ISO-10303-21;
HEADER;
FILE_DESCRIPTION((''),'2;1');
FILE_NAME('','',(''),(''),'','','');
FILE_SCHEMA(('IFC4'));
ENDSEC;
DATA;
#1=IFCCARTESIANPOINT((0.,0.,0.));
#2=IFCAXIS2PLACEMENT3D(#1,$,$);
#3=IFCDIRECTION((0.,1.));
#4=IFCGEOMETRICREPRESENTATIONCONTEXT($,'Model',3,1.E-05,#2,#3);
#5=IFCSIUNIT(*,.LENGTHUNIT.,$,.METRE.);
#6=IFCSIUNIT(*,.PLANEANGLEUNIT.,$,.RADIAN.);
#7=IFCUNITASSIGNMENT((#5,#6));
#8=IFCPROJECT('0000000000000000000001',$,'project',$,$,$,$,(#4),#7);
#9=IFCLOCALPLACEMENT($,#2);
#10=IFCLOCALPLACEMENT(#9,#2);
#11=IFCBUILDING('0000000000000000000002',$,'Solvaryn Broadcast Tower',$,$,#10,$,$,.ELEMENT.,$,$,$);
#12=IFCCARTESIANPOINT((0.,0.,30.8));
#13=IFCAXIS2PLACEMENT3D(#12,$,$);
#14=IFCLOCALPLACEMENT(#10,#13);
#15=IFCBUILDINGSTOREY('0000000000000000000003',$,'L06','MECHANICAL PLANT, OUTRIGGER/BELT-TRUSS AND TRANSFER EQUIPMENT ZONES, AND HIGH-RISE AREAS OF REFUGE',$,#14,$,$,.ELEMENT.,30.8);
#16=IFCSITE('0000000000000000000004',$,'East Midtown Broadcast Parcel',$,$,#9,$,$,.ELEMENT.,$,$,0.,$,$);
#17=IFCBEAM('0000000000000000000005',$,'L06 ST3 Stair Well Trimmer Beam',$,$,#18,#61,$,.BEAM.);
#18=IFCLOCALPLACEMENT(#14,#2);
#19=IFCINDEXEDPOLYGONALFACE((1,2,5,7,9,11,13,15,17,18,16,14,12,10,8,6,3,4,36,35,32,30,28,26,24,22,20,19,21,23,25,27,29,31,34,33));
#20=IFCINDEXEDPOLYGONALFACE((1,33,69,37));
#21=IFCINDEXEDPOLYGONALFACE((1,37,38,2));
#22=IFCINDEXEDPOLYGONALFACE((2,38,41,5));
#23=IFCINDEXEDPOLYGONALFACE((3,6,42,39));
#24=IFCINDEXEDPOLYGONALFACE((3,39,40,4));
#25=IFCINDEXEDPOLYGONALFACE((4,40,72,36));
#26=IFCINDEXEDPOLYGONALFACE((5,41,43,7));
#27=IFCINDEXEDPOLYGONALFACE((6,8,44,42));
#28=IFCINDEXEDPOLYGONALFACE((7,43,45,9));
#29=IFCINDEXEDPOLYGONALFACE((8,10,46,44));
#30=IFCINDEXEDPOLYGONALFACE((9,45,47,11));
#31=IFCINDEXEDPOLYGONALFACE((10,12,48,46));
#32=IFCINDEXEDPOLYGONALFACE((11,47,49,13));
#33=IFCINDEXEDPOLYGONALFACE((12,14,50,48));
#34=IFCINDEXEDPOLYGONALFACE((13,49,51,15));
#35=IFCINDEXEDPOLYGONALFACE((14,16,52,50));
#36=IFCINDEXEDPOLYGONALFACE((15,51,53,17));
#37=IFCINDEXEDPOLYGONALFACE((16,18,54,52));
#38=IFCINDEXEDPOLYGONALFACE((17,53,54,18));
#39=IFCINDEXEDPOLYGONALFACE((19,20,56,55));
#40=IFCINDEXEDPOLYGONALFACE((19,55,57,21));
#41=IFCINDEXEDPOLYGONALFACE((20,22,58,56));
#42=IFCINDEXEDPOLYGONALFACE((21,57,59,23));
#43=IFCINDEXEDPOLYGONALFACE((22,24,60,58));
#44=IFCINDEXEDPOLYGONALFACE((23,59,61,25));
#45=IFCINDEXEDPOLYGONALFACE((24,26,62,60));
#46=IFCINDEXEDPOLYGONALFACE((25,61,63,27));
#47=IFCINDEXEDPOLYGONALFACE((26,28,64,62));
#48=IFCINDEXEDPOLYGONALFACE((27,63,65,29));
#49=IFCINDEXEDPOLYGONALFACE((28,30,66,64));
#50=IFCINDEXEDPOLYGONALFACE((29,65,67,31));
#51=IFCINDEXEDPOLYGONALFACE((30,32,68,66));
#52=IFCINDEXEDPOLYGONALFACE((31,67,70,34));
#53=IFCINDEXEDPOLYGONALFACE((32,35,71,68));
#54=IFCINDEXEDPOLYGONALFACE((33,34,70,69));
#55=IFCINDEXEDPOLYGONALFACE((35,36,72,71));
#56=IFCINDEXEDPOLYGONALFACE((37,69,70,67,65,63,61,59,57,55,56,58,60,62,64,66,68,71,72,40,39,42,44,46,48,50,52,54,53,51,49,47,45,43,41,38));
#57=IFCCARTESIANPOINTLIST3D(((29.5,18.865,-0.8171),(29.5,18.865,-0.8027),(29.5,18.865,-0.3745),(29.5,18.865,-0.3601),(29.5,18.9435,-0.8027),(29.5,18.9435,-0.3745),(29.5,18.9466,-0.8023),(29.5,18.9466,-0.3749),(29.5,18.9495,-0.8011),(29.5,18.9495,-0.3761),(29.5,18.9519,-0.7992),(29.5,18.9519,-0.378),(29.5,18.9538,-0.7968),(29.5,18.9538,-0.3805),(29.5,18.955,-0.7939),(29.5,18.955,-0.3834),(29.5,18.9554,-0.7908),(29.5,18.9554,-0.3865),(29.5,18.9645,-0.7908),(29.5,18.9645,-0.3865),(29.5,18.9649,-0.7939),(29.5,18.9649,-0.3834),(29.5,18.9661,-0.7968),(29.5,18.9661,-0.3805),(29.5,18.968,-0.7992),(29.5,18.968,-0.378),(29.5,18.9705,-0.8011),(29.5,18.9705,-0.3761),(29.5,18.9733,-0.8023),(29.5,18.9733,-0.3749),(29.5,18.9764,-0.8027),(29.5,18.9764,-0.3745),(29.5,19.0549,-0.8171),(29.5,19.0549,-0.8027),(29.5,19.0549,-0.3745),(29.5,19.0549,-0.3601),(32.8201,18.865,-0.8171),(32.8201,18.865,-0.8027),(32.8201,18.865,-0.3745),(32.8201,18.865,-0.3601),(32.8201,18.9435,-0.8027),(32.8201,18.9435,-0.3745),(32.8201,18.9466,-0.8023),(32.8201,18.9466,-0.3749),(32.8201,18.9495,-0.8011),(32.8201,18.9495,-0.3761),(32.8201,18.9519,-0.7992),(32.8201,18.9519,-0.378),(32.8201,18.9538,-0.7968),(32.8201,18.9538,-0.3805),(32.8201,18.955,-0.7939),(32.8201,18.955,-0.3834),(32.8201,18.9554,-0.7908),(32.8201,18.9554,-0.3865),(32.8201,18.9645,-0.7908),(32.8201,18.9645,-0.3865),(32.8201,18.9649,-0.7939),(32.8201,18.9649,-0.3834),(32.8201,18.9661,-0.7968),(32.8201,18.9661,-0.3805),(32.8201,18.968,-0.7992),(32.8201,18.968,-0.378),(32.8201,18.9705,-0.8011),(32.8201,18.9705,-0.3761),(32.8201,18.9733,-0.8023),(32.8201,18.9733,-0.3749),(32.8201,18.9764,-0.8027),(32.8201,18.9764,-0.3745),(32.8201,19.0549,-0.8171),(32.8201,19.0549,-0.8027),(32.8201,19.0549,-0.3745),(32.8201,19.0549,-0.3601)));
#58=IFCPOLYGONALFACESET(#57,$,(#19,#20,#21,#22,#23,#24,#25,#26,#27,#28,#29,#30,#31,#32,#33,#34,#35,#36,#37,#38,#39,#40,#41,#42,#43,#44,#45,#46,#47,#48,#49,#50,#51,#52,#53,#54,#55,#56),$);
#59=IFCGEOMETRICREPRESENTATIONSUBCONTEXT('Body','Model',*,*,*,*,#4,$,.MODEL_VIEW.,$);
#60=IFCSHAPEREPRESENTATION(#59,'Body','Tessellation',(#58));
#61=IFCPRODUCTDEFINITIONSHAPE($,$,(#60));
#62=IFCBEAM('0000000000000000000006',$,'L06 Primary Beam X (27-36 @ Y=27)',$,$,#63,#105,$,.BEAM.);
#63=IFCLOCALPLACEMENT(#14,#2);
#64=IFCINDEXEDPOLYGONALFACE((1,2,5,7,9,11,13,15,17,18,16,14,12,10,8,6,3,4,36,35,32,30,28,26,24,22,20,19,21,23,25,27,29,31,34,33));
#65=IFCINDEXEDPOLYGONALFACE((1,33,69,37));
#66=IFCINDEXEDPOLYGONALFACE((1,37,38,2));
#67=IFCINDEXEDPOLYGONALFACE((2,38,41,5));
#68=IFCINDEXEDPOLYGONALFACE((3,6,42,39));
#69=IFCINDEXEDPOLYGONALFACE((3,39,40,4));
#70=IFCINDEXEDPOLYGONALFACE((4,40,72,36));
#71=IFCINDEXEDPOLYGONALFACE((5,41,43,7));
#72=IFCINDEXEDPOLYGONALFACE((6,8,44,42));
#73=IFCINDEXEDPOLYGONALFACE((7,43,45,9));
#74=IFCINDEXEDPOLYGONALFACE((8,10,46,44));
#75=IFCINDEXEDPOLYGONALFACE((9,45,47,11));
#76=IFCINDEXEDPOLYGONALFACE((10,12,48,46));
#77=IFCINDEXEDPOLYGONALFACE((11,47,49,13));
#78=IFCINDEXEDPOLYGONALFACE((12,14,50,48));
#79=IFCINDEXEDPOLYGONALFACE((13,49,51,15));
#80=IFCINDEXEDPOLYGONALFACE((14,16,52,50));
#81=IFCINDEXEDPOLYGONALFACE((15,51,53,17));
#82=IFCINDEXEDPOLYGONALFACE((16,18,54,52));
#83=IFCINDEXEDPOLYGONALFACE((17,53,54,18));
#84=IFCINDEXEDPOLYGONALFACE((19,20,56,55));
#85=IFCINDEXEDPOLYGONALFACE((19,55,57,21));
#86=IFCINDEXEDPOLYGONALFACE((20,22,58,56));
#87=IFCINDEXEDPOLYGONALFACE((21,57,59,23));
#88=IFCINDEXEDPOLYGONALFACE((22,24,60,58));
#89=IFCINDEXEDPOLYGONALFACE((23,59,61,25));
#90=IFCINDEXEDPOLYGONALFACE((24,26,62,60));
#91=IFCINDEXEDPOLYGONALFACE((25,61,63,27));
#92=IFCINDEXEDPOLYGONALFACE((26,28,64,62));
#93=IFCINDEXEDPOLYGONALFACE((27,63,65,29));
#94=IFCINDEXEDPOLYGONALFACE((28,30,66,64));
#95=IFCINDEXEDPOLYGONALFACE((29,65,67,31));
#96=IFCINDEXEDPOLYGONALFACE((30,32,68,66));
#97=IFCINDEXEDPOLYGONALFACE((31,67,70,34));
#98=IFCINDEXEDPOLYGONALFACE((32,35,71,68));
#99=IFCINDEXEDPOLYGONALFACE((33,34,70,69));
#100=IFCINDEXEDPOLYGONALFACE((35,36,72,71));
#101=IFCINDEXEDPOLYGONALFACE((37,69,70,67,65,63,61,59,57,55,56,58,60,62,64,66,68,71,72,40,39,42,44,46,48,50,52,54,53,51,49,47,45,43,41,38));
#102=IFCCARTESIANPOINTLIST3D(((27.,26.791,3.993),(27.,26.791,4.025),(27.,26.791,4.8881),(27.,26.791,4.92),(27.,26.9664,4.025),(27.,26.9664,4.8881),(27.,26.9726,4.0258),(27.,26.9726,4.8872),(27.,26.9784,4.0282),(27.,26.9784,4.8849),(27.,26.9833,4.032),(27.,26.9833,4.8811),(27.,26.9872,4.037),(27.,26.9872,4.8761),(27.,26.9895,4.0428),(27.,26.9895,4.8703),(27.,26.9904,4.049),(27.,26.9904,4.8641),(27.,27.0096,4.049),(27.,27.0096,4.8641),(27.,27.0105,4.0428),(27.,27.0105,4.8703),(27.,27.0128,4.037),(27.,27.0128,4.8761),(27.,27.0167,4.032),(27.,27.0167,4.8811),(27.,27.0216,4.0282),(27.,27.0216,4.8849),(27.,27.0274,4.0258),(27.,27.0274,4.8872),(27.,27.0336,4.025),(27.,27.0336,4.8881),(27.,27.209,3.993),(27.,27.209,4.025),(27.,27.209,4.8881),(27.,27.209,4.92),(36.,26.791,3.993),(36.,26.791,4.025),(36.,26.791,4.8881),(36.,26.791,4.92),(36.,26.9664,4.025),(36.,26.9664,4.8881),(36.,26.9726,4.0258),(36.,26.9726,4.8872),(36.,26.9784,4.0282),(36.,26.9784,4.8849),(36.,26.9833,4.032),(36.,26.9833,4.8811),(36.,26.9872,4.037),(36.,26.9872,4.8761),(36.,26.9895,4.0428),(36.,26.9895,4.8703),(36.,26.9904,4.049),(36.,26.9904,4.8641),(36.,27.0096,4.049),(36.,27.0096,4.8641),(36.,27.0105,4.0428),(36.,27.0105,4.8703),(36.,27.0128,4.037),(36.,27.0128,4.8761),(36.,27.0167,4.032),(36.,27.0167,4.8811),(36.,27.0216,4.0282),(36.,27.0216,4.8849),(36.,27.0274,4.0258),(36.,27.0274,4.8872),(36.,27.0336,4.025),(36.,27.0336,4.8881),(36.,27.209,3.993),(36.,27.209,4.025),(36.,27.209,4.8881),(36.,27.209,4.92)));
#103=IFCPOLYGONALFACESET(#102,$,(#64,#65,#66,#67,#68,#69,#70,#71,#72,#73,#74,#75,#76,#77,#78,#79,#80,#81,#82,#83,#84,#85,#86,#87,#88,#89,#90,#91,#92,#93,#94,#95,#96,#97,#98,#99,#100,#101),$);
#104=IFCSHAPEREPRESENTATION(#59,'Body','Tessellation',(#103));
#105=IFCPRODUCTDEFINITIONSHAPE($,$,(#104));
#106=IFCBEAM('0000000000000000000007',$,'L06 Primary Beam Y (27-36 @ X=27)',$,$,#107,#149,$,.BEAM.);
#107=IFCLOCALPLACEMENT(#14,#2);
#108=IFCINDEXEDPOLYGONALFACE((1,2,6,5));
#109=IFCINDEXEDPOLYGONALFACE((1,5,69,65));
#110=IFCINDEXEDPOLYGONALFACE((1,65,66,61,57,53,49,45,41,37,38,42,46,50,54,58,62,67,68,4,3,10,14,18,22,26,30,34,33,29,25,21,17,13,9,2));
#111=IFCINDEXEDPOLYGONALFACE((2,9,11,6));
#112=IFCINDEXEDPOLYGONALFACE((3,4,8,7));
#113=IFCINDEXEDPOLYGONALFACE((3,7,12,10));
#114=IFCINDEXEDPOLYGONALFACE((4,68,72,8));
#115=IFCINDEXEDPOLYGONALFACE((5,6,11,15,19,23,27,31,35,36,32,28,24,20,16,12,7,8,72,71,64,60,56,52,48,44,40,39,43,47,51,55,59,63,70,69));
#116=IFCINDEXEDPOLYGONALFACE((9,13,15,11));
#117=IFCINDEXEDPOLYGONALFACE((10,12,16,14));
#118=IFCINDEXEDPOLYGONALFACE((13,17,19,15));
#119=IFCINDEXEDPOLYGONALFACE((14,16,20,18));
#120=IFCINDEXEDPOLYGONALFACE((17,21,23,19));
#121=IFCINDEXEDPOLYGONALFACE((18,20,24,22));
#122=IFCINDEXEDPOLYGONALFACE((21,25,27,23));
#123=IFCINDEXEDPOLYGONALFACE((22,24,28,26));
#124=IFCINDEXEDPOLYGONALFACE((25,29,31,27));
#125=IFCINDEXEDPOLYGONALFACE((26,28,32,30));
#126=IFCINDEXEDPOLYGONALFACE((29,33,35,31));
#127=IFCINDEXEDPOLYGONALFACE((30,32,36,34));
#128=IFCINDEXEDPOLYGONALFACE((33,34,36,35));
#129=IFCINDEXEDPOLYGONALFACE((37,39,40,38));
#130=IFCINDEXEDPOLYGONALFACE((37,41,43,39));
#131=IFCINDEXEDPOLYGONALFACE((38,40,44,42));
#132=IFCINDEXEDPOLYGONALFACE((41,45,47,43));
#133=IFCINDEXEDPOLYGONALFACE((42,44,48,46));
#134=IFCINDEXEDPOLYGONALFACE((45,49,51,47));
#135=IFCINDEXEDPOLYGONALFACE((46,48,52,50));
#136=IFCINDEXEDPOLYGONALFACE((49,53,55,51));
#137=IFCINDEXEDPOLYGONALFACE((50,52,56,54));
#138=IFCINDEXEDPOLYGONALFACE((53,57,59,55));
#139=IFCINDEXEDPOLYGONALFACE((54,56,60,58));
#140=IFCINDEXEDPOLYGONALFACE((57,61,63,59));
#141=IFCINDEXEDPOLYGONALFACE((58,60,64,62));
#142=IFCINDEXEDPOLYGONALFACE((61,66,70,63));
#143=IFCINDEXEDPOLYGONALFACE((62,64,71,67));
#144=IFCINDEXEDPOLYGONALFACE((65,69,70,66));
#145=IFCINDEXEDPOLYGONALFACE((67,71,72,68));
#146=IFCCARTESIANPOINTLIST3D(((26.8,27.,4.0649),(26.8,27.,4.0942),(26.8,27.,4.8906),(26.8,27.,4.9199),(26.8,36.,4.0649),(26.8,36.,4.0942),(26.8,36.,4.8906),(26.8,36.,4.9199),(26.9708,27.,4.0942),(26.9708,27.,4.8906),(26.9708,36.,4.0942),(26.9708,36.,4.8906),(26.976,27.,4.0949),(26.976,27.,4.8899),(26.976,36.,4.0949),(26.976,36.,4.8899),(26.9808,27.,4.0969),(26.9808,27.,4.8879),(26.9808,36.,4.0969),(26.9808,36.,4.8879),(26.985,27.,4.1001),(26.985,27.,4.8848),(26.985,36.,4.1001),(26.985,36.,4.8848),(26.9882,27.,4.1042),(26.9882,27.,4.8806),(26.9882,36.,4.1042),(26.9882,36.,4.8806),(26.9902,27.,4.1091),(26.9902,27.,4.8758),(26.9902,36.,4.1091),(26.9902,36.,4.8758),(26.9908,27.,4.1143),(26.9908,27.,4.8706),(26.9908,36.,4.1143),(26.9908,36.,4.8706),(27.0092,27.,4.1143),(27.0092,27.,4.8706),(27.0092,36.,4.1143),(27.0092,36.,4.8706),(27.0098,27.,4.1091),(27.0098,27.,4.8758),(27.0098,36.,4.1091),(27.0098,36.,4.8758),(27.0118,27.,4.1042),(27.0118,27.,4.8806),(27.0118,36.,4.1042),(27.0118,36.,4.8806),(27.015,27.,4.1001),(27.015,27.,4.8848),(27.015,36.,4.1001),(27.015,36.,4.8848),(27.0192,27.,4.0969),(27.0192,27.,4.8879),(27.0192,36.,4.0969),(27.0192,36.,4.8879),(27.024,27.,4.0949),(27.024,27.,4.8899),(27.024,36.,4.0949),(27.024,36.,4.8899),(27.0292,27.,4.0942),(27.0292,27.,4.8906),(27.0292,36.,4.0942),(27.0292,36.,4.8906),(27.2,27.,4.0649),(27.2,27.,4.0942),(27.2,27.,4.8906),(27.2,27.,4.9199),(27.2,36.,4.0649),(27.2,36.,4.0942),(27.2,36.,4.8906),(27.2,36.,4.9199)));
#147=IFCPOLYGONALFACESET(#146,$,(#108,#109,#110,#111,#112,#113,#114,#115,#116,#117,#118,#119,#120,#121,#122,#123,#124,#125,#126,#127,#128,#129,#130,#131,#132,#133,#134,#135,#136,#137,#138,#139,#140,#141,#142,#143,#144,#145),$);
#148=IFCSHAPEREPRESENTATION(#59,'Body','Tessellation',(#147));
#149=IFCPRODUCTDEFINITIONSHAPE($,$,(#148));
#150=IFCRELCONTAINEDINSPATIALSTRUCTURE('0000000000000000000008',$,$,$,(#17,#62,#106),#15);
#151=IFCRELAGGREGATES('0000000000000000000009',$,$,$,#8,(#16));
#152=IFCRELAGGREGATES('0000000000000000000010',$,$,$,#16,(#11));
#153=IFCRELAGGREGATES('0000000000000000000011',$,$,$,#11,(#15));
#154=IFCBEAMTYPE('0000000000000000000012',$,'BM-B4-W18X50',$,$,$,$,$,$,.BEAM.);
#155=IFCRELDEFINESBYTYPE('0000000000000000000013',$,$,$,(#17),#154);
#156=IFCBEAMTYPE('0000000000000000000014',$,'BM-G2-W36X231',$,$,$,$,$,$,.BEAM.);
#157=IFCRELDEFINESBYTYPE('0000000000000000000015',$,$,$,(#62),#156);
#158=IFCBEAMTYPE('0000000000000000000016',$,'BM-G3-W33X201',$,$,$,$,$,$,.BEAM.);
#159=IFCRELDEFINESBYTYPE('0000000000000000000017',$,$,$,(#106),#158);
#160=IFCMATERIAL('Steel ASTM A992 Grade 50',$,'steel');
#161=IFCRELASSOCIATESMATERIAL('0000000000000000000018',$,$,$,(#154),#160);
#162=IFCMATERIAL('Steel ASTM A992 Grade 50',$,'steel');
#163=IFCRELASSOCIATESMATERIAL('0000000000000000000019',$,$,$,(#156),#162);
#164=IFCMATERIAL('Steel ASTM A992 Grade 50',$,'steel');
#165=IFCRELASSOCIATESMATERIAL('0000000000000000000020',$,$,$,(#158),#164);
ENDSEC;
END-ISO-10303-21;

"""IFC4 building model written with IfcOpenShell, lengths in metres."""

from ifc_helpers import new_model, si_unit, direction, frame, origin, origin_2d, place, context, subcontext, project, spatial, i_section, extrude, material, material_profile, profile_set, type_object, element, save


model = new_model("IFC4")

# Units and contexts
model_context = context("Model", 3, precision=1e-05, world=origin(), true_north=direction((0.0, 1.0)))
body_context = subcontext(model_context, "Body", "Model", "MODEL_VIEW")
ifc_project = project(units=[si_unit("LENGTHUNIT", "METRE"), si_unit("PLANEANGLEUNIT", "RADIAN")], contexts=[model_context])

# Site, building, storey
site_placement = place(None, origin())
site = spatial("IfcSite", under=ifc_project, at=site_placement, Name="East Midtown Broadcast Parcel", CompositionType="ELEMENT", RefElevation=0.0)
building_placement = place(site_placement, origin())
building = spatial("IfcBuilding", under=site, at=building_placement, Name="Solvaryn Broadcast Tower", CompositionType="ELEMENT")
storey_placement = place(building_placement, frame((0.0, 0.0, 30.8)))
storey = spatial("IfcBuildingStorey", under=building, at=storey_placement, Name="L06", Description="MECHANICAL PLANT, OUTRIGGER/BELT-TRUSS AND TRANSFER EQUIPMENT ZONES, AND HIGH-RISE AREAS OF REFUGE", CompositionType="ELEMENT", Elevation=30.8)

# Beams
ifc_material_1 = material(Name="Steel ASTM A992 Grade 50", Category="steel")
ifc_material_profile_1 = material_profile(ifc_material_1, i_section(OverallWidth=0.1899, OverallDepth=0.457, WebThickness=0.009, FlangeThickness=0.0144, FilletRadius=0.012, at=origin_2d()))
ifc_profile_set_1 = profile_set([ifc_material_profile_1], Name="Steel ASTM A992 Grade 50")
beam_type_1 = type_object("IfcBeamType", Name="BM-B4-W18X50", PredefinedType="BEAM", material=ifc_profile_set_1)
beam_1_placement = place(storey_placement, frame((29.5, 18.96, -0.5886), z_axis=(1.0, 0.0, 0.0), x_axis=(0.0, 1.0, 0.0)))
element("IfcBeam", 1, at=beam_1_placement, inside=storey, type_object=beam_type_1, Name="L06 ST3 Stair Well Trimmer Beam", PredefinedType="BEAM", context=body_context, shape_type="SweptSolid", body=[
    extrude(i_section(OverallWidth=0.1899, OverallDepth=0.457, WebThickness=0.009, FlangeThickness=0.0144, FilletRadius=0.012, at=origin_2d()), origin(), (0.0, 0.0, 1.0), 3.3201),
])
ifc_material_2 = material(Name="Steel ASTM A992 Grade 50", Category="steel")
ifc_material_profile_2 = material_profile(ifc_material_2, i_section(OverallWidth=0.418, OverallDepth=0.927, WebThickness=0.0193, FlangeThickness=0.032, FilletRadius=0.0239, at=origin_2d()))
ifc_profile_set_2 = profile_set([ifc_material_profile_2], Name="Steel ASTM A992 Grade 50")
beam_type_2 = type_object("IfcBeamType", Name="BM-G2-W36X231", PredefinedType="BEAM", material=ifc_profile_set_2)
beam_2_placement = place(storey_placement, frame((27.0, 27.0, 4.4565), z_axis=(1.0, 0.0, 0.0), x_axis=(0.0, 1.0, 0.0)))
element("IfcBeam", 2, at=beam_2_placement, inside=storey, type_object=beam_type_2, Name="L06 Primary Beam X (27-36 @ Y=27)", PredefinedType="BEAM", context=body_context, shape_type="SweptSolid", body=[
    extrude(i_section(OverallWidth=0.418, OverallDepth=0.927, WebThickness=0.0193, FlangeThickness=0.032, FilletRadius=0.0239, at=origin_2d()), origin(), (0.0, 0.0, 1.0), 9.0),
])
ifc_material_3 = material(Name="Steel ASTM A992 Grade 50", Category="steel")
ifc_material_profile_3 = material_profile(ifc_material_3, i_section(OverallWidth=0.3999, OverallDepth=0.855, WebThickness=0.0183, FlangeThickness=0.0293, FilletRadius=0.02, at=origin_2d()))
ifc_profile_set_3 = profile_set([ifc_material_profile_3], Name="Steel ASTM A992 Grade 50")
beam_type_3 = type_object("IfcBeamType", Name="BM-G3-W33X201", PredefinedType="BEAM", material=ifc_profile_set_3)
beam_3_placement = place(storey_placement, frame((27.0, 27.0, 4.4924), z_axis=(0.0, 1.0, 0.0), x_axis=(-1.0, 0.0, 0.0)))
element("IfcBeam", 3, at=beam_3_placement, inside=storey, type_object=beam_type_3, Name="L06 Primary Beam Y (27-36 @ X=27)", PredefinedType="BEAM", context=body_context, shape_type="SweptSolid", body=[
    extrude(i_section(OverallWidth=0.3999, OverallDepth=0.855, WebThickness=0.0183, FlangeThickness=0.0293, FilletRadius=0.02, at=origin_2d()), origin(), (0.0, 0.0, 1.0), 9.0),
])

save(model, "model.ifc")
